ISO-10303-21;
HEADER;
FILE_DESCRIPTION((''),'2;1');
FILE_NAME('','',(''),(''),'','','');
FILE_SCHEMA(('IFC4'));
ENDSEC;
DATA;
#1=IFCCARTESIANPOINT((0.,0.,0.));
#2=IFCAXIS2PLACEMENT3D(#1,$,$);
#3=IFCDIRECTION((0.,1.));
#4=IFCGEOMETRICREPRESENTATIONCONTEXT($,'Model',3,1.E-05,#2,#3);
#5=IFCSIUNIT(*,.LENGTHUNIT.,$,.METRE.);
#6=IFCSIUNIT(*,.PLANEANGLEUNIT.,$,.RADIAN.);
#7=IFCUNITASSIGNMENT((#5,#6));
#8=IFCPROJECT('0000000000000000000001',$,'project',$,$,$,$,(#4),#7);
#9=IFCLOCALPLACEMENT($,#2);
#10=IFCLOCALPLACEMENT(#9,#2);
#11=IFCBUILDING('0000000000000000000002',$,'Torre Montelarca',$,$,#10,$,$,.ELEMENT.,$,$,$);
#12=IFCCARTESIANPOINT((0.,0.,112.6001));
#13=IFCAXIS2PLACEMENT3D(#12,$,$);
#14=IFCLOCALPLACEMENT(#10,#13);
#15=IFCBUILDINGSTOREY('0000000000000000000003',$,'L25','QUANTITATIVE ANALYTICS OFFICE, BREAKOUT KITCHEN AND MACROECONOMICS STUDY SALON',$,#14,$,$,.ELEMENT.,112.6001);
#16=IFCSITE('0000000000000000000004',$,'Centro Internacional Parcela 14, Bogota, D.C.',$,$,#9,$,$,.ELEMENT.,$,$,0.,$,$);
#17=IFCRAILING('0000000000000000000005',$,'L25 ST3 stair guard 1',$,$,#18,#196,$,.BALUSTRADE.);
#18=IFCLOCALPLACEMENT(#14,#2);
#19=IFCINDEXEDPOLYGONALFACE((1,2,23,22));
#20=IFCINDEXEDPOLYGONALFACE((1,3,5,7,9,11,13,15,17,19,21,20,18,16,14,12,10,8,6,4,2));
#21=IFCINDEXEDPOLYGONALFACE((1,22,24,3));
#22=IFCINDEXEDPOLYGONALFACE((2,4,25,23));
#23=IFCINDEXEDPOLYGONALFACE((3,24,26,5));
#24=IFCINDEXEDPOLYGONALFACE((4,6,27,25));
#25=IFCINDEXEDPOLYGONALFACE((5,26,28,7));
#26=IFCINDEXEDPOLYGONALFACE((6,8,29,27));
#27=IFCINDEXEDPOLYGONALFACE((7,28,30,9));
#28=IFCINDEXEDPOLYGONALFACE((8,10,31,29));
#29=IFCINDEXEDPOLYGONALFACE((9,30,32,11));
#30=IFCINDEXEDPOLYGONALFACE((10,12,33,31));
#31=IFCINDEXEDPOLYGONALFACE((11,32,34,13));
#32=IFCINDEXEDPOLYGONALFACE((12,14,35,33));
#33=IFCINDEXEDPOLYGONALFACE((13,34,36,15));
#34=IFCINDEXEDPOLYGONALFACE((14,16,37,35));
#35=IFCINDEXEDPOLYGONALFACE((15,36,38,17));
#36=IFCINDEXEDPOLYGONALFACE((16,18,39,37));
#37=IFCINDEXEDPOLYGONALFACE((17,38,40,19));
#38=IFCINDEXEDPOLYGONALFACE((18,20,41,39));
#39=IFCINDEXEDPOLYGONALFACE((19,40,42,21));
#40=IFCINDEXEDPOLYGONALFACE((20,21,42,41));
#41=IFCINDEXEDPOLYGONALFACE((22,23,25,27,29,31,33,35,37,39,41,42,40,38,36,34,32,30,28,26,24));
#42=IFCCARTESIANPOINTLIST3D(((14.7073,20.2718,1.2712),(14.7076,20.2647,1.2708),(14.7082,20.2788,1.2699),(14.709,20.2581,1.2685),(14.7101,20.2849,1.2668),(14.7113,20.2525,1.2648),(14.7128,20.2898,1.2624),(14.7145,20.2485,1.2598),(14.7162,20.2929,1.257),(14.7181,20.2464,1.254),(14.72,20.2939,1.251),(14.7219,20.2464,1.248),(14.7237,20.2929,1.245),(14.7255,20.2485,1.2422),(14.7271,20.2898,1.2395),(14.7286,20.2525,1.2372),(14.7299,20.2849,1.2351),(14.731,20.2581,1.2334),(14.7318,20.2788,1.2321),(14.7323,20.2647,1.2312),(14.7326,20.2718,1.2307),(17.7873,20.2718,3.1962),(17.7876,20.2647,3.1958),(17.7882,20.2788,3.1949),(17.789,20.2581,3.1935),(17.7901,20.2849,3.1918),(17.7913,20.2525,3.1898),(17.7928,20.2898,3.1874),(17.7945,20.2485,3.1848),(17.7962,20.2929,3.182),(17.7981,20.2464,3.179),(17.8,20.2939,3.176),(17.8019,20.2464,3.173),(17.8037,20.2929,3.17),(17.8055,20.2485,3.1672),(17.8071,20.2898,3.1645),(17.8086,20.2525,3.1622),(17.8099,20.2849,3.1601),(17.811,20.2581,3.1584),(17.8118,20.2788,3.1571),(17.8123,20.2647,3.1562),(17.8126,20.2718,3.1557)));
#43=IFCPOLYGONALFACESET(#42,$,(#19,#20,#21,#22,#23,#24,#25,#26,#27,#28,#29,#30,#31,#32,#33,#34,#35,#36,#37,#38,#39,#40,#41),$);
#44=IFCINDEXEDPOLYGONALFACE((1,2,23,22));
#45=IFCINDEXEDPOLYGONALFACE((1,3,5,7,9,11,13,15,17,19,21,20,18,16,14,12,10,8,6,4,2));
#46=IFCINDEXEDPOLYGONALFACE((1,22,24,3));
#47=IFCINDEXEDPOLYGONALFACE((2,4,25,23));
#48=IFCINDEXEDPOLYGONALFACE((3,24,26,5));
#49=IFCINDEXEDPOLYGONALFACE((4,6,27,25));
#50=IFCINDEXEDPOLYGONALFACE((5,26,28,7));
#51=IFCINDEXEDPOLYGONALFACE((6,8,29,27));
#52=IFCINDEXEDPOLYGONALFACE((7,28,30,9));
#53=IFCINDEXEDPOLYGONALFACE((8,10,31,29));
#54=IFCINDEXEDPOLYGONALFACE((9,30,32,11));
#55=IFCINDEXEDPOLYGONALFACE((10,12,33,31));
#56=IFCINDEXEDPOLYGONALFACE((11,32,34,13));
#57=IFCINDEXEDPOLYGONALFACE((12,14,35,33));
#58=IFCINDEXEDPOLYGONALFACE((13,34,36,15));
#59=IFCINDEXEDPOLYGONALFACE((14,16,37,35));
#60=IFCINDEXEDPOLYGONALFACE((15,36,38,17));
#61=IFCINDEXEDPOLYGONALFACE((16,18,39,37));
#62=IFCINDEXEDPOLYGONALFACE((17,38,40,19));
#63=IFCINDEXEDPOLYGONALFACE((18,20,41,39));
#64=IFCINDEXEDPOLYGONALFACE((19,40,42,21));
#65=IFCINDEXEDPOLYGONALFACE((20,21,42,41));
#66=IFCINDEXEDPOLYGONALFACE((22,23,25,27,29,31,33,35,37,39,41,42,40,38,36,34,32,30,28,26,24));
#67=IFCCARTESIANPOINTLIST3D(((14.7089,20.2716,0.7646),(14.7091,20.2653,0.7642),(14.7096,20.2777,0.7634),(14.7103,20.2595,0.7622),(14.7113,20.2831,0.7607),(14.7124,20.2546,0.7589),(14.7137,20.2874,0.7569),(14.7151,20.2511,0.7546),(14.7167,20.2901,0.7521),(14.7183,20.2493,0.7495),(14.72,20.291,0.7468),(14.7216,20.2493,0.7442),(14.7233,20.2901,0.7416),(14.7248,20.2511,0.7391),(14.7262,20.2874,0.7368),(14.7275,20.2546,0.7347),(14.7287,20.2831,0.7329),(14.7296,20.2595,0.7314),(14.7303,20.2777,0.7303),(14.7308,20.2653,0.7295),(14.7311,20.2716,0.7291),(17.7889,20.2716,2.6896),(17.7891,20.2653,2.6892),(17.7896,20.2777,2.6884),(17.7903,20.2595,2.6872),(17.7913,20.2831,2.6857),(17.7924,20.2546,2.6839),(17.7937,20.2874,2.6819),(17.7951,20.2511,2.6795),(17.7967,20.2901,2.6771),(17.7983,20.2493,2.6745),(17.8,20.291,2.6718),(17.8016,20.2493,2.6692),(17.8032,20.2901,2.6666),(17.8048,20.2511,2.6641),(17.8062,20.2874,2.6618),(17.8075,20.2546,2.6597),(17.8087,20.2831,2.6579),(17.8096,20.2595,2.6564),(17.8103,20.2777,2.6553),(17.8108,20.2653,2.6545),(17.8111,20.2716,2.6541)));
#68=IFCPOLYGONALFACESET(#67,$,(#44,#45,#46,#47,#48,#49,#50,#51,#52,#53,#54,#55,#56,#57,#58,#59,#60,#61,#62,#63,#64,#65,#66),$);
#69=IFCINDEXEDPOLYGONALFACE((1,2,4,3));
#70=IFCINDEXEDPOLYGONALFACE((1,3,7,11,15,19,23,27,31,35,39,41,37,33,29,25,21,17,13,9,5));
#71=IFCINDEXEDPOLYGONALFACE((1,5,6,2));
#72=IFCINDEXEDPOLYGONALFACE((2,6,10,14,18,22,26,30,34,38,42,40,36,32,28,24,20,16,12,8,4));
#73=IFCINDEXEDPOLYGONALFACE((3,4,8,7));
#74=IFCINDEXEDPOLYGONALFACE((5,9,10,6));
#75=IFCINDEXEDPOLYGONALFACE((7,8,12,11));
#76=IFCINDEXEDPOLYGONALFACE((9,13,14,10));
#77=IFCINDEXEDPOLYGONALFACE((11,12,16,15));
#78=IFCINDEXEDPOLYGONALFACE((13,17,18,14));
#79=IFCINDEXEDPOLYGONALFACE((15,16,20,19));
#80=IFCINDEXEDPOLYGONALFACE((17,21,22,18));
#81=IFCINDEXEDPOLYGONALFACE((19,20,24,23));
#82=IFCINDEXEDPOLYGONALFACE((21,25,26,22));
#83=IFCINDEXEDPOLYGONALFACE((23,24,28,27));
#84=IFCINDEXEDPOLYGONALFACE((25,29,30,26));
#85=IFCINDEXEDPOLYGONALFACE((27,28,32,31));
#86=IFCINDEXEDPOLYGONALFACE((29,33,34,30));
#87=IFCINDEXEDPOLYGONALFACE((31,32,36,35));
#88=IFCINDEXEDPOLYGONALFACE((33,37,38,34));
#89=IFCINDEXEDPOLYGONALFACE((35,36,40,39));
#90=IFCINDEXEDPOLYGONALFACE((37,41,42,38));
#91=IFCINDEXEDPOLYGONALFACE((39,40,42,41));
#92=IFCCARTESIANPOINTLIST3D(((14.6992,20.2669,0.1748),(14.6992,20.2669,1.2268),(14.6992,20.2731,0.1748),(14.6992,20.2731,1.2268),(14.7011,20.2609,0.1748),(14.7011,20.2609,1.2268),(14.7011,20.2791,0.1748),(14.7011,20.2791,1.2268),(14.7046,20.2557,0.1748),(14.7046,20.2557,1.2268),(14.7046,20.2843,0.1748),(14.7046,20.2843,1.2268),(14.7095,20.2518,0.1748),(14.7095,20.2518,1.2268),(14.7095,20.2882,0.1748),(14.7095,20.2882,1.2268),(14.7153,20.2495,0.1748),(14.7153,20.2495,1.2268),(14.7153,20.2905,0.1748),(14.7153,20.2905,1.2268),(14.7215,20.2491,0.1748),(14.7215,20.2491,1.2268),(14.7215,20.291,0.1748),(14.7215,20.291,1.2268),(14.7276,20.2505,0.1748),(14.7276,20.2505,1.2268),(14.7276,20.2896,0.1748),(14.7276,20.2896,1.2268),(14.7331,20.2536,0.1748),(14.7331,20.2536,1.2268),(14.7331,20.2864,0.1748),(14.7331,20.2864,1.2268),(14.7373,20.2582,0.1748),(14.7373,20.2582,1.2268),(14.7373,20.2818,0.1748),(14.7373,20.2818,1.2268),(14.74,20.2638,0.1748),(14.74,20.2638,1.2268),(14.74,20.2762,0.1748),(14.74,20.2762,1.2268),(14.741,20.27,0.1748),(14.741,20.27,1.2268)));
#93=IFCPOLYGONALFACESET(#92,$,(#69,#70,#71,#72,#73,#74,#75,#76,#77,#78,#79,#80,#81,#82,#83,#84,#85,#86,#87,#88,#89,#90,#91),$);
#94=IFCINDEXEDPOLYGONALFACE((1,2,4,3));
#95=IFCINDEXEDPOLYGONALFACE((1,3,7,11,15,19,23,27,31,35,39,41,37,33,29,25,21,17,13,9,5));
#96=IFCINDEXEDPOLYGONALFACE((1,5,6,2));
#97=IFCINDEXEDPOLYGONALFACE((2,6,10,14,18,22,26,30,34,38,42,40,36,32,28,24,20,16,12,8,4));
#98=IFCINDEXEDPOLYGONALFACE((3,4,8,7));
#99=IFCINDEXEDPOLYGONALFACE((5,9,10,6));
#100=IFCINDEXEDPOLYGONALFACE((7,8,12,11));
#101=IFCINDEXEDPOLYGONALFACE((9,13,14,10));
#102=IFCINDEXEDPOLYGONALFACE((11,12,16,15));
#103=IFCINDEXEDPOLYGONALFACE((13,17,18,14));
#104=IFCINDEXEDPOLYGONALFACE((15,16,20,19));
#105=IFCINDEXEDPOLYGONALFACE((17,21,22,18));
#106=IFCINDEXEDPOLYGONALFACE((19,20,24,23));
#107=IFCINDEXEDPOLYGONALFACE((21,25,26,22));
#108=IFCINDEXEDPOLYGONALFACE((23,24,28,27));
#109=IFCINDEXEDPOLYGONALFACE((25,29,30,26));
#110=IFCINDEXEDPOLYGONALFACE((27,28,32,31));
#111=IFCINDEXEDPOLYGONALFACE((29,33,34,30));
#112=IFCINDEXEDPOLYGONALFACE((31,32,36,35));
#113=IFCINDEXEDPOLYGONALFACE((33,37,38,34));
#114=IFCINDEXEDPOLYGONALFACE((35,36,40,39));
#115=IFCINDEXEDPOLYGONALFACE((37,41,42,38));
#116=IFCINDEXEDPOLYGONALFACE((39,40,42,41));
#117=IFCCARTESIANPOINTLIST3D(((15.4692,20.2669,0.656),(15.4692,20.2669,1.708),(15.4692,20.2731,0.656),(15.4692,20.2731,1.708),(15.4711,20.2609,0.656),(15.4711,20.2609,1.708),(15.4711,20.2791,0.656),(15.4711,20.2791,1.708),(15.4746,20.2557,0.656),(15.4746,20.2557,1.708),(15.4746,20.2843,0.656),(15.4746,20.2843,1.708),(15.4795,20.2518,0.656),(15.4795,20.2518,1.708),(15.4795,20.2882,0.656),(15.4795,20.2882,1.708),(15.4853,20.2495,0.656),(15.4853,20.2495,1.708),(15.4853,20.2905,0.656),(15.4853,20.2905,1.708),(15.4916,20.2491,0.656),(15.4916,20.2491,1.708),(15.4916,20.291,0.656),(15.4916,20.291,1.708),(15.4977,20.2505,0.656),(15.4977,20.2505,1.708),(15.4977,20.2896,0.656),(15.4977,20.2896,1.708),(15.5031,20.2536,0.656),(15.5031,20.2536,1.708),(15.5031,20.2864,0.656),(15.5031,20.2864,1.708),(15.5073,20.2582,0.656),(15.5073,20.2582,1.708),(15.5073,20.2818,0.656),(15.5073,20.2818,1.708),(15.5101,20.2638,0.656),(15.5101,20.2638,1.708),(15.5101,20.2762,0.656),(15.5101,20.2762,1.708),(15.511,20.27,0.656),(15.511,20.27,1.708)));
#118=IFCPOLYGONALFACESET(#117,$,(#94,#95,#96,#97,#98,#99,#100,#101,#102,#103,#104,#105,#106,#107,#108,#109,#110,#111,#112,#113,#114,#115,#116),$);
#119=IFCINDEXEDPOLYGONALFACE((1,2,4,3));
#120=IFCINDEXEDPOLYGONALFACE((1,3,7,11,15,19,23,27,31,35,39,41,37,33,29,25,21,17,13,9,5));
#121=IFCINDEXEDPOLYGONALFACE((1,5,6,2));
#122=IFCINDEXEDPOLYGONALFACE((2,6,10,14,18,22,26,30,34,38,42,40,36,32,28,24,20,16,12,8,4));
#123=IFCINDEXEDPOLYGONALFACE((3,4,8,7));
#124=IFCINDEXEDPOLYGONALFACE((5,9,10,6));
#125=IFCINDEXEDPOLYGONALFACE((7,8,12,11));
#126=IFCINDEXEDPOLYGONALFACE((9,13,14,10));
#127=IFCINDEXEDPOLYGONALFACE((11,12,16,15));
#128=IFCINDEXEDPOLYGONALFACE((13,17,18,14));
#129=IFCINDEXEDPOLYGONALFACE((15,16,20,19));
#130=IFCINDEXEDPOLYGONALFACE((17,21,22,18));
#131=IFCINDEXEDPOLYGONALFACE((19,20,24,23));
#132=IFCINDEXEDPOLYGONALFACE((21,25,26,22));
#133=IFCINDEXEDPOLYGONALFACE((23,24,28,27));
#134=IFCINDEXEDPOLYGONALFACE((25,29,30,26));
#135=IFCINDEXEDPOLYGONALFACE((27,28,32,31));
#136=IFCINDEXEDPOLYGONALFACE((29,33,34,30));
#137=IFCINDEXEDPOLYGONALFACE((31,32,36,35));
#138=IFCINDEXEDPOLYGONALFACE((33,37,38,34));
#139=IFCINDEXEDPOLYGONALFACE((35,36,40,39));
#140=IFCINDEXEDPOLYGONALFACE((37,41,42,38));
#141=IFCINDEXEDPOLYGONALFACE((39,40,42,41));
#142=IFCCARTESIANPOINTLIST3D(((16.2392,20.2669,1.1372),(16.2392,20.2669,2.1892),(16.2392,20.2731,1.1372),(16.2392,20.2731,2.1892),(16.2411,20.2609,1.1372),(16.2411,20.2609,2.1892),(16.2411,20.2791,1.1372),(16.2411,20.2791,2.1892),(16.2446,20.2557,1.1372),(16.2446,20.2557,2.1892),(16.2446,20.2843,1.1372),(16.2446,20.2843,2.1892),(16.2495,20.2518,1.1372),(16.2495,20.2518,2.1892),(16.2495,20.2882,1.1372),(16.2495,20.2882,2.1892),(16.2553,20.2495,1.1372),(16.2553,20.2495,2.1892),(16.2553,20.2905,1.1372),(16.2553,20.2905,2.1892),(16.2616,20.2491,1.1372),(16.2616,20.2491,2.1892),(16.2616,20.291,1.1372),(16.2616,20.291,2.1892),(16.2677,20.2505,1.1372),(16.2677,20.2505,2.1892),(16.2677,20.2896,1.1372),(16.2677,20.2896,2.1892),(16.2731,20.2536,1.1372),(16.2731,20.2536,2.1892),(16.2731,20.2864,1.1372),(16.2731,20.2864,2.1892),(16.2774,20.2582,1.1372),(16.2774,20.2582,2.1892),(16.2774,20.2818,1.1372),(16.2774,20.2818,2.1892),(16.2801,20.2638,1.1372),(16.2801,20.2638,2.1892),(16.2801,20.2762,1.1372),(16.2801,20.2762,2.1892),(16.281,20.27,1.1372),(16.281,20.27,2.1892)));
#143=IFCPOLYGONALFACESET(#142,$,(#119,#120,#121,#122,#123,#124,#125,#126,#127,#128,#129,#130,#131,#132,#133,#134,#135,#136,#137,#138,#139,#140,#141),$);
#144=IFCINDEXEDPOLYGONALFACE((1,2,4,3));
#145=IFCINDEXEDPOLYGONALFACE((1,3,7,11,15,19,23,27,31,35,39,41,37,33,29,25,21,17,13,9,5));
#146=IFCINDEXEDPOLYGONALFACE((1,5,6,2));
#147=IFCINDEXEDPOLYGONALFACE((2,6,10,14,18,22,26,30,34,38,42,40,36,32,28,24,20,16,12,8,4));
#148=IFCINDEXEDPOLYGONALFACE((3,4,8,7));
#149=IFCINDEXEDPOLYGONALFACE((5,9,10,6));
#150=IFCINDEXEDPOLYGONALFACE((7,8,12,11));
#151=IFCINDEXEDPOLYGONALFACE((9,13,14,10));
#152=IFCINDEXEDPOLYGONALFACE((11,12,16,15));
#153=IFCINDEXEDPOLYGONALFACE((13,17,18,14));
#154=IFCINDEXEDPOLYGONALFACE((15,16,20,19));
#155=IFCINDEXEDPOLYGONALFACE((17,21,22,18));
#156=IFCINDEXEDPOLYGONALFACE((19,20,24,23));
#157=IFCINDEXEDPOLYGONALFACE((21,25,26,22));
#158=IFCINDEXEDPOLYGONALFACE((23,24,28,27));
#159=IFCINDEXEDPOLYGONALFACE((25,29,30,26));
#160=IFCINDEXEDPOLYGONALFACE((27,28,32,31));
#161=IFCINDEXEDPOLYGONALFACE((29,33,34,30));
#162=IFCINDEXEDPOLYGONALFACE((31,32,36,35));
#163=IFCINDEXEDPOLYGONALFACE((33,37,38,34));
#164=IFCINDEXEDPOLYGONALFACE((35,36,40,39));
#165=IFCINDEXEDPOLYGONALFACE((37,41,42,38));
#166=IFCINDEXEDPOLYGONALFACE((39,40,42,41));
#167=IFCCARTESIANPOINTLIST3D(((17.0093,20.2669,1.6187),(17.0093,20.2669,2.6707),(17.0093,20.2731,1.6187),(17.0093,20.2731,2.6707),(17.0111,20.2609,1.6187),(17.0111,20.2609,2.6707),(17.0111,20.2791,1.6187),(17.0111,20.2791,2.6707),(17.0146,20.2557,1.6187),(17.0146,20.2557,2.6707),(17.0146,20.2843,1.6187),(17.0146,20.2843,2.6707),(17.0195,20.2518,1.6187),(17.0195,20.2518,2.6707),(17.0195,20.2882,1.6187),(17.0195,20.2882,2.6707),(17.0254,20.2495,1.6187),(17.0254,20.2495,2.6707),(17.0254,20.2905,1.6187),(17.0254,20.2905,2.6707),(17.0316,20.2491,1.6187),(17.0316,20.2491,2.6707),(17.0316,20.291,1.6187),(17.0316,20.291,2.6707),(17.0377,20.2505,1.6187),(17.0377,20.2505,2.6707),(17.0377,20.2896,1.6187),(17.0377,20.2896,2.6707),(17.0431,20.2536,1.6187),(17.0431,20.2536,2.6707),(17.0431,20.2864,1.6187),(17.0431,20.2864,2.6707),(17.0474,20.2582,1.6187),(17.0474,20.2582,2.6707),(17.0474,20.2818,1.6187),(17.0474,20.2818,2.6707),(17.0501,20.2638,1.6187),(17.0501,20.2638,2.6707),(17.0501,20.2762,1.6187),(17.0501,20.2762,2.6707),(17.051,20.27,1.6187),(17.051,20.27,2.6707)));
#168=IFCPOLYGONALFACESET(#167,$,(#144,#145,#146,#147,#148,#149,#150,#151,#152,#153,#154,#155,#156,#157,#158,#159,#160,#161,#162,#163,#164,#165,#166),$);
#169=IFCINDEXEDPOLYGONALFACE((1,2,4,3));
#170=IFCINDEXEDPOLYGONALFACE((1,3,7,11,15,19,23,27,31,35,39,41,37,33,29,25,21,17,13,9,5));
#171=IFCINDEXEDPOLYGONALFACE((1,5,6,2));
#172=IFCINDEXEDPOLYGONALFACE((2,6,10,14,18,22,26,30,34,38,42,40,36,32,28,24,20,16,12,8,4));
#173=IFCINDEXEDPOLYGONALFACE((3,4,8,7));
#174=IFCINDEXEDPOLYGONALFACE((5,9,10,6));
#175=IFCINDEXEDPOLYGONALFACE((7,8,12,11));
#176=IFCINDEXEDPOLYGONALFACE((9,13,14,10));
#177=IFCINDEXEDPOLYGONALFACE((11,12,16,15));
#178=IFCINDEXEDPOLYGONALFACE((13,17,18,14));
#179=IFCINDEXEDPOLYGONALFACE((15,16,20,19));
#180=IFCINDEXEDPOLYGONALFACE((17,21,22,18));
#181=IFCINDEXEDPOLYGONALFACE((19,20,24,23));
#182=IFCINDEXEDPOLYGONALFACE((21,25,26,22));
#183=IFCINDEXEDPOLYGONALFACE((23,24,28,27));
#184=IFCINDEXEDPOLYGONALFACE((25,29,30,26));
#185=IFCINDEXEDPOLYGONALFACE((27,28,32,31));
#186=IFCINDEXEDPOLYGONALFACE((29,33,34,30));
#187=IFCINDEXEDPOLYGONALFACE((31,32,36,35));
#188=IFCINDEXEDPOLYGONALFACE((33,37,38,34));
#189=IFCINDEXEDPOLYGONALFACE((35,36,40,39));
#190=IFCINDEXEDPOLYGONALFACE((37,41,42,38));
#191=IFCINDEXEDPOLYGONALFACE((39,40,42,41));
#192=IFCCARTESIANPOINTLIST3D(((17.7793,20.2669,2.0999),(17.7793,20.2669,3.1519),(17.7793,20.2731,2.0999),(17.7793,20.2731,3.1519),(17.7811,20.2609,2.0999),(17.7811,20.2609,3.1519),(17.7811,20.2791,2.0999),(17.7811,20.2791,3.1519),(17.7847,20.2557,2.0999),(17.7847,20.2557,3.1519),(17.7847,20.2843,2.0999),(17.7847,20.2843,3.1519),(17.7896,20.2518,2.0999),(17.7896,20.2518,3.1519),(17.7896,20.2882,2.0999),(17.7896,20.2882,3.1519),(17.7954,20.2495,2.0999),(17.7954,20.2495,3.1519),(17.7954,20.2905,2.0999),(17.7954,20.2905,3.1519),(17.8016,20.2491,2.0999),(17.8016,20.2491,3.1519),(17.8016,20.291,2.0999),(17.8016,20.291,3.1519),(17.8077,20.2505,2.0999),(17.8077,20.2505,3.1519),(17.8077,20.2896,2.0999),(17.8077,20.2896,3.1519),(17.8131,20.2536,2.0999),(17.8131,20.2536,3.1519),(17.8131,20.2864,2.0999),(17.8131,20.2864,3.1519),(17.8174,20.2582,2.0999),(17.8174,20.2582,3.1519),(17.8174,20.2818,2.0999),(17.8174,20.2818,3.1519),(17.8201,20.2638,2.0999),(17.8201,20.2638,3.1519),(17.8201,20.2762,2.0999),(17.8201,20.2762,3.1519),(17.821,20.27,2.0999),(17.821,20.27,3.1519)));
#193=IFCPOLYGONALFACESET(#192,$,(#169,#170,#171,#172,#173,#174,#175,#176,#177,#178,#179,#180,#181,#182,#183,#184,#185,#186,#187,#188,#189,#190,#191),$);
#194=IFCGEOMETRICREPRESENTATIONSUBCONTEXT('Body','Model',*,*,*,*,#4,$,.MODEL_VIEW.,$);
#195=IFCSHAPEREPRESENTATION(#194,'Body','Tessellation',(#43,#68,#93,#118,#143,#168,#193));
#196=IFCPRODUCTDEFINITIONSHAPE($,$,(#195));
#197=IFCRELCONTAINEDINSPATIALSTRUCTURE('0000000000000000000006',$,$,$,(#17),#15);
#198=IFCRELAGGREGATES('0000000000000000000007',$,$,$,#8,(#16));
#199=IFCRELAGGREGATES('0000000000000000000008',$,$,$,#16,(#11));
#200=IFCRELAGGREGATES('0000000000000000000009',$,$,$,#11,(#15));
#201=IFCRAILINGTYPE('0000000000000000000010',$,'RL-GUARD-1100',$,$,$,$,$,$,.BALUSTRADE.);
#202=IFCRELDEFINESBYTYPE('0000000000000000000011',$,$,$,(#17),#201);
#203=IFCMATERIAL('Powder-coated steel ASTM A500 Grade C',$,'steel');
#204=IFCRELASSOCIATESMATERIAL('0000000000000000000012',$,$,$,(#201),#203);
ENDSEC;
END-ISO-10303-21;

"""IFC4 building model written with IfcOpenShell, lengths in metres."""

from ifc_helpers import new_model, si_unit, direction, frame, origin, origin_2d, place, context, subcontext, project, spatial, circle, extrude, material, type_object, element, save


model = new_model("IFC4")

# Units and contexts
model_context = context("Model", 3, precision=1e-05, world=origin(), true_north=direction((0.0, 1.0)))
body_context = subcontext(model_context, "Body", "Model", "MODEL_VIEW")
ifc_project = project(units=[si_unit("LENGTHUNIT", "METRE"), si_unit("PLANEANGLEUNIT", "RADIAN")], contexts=[model_context])

# Site, building, storey
site_placement = place(None, origin())
site = spatial("IfcSite", under=ifc_project, at=site_placement, Name="Centro Internacional Parcela 14, Bogota, D.C.", CompositionType="ELEMENT", RefElevation=0.0)
building_placement = place(site_placement, origin())
building = spatial("IfcBuilding", under=site, at=building_placement, Name="Torre Montelarca", CompositionType="ELEMENT")
storey_placement = place(building_placement, frame((0.0, 0.0, 112.6001)))
storey = spatial("IfcBuildingStorey", under=building, at=storey_placement, Name="L25", Description="QUANTITATIVE ANALYTICS OFFICE, BREAKOUT KITCHEN AND MACROECONOMICS STUDY SALON", CompositionType="ELEMENT", Elevation=112.6001)

# Railing
ifc_material_1 = material(Name="Powder-coated steel ASTM A500 Grade C", Category="steel")
railing_type_1 = type_object("IfcRailingType", Name="RL-GUARD-1100", PredefinedType="BALUSTRADE", material=ifc_material_1)
railing_1_placement = place(storey_placement, frame((14.72, 20.27, 0.1748)))
element("IfcRailing", 1, at=railing_1_placement, inside=storey, type_object=railing_type_1, Name="L25 ST3 stair guard 1", PredefinedType="BALUSTRADE", context=body_context, shape_type="SweptSolid", body=[
    extrude(circle(Radius=0.0239, at=origin_2d()), frame((0.0, 0.0, 1.0762), z_axis=(0.847998, 0.0, 0.529999), x_axis=(0.0, 1.0, 0.0)), (0.0, 0.0, 1.0), 3.6321),
    extrude(circle(Radius=0.021, at=origin_2d()), frame((0.0, 0.0, 0.572), z_axis=(0.847998, 0.0, 0.529999), x_axis=(0.0, 1.0, 0.0)), (0.0, 0.0, 1.0), 3.6321),
    extrude(circle(Radius=0.021, at=origin_2d()), origin(), (0.0, 0.0, 1.0), 1.052),
    extrude(circle(Radius=0.021, at=origin_2d()), frame((0.77, 0.0, 0.4812)), (0.0, 0.0, 1.0), 1.052),
    extrude(circle(Radius=0.021, at=origin_2d()), frame((1.54, 0.0, 0.9624)), (0.0, 0.0, 1.0), 1.052),
    extrude(circle(Radius=0.021, at=origin_2d()), frame((2.3101, 0.0, 1.4438)), (0.0, 0.0, 1.0), 1.052),
    extrude(circle(Radius=0.021, at=origin_2d()), frame((3.0801, 0.0, 1.925)), (0.0, 0.0, 1.0), 1.052),
])

save(model, "model.ifc")
